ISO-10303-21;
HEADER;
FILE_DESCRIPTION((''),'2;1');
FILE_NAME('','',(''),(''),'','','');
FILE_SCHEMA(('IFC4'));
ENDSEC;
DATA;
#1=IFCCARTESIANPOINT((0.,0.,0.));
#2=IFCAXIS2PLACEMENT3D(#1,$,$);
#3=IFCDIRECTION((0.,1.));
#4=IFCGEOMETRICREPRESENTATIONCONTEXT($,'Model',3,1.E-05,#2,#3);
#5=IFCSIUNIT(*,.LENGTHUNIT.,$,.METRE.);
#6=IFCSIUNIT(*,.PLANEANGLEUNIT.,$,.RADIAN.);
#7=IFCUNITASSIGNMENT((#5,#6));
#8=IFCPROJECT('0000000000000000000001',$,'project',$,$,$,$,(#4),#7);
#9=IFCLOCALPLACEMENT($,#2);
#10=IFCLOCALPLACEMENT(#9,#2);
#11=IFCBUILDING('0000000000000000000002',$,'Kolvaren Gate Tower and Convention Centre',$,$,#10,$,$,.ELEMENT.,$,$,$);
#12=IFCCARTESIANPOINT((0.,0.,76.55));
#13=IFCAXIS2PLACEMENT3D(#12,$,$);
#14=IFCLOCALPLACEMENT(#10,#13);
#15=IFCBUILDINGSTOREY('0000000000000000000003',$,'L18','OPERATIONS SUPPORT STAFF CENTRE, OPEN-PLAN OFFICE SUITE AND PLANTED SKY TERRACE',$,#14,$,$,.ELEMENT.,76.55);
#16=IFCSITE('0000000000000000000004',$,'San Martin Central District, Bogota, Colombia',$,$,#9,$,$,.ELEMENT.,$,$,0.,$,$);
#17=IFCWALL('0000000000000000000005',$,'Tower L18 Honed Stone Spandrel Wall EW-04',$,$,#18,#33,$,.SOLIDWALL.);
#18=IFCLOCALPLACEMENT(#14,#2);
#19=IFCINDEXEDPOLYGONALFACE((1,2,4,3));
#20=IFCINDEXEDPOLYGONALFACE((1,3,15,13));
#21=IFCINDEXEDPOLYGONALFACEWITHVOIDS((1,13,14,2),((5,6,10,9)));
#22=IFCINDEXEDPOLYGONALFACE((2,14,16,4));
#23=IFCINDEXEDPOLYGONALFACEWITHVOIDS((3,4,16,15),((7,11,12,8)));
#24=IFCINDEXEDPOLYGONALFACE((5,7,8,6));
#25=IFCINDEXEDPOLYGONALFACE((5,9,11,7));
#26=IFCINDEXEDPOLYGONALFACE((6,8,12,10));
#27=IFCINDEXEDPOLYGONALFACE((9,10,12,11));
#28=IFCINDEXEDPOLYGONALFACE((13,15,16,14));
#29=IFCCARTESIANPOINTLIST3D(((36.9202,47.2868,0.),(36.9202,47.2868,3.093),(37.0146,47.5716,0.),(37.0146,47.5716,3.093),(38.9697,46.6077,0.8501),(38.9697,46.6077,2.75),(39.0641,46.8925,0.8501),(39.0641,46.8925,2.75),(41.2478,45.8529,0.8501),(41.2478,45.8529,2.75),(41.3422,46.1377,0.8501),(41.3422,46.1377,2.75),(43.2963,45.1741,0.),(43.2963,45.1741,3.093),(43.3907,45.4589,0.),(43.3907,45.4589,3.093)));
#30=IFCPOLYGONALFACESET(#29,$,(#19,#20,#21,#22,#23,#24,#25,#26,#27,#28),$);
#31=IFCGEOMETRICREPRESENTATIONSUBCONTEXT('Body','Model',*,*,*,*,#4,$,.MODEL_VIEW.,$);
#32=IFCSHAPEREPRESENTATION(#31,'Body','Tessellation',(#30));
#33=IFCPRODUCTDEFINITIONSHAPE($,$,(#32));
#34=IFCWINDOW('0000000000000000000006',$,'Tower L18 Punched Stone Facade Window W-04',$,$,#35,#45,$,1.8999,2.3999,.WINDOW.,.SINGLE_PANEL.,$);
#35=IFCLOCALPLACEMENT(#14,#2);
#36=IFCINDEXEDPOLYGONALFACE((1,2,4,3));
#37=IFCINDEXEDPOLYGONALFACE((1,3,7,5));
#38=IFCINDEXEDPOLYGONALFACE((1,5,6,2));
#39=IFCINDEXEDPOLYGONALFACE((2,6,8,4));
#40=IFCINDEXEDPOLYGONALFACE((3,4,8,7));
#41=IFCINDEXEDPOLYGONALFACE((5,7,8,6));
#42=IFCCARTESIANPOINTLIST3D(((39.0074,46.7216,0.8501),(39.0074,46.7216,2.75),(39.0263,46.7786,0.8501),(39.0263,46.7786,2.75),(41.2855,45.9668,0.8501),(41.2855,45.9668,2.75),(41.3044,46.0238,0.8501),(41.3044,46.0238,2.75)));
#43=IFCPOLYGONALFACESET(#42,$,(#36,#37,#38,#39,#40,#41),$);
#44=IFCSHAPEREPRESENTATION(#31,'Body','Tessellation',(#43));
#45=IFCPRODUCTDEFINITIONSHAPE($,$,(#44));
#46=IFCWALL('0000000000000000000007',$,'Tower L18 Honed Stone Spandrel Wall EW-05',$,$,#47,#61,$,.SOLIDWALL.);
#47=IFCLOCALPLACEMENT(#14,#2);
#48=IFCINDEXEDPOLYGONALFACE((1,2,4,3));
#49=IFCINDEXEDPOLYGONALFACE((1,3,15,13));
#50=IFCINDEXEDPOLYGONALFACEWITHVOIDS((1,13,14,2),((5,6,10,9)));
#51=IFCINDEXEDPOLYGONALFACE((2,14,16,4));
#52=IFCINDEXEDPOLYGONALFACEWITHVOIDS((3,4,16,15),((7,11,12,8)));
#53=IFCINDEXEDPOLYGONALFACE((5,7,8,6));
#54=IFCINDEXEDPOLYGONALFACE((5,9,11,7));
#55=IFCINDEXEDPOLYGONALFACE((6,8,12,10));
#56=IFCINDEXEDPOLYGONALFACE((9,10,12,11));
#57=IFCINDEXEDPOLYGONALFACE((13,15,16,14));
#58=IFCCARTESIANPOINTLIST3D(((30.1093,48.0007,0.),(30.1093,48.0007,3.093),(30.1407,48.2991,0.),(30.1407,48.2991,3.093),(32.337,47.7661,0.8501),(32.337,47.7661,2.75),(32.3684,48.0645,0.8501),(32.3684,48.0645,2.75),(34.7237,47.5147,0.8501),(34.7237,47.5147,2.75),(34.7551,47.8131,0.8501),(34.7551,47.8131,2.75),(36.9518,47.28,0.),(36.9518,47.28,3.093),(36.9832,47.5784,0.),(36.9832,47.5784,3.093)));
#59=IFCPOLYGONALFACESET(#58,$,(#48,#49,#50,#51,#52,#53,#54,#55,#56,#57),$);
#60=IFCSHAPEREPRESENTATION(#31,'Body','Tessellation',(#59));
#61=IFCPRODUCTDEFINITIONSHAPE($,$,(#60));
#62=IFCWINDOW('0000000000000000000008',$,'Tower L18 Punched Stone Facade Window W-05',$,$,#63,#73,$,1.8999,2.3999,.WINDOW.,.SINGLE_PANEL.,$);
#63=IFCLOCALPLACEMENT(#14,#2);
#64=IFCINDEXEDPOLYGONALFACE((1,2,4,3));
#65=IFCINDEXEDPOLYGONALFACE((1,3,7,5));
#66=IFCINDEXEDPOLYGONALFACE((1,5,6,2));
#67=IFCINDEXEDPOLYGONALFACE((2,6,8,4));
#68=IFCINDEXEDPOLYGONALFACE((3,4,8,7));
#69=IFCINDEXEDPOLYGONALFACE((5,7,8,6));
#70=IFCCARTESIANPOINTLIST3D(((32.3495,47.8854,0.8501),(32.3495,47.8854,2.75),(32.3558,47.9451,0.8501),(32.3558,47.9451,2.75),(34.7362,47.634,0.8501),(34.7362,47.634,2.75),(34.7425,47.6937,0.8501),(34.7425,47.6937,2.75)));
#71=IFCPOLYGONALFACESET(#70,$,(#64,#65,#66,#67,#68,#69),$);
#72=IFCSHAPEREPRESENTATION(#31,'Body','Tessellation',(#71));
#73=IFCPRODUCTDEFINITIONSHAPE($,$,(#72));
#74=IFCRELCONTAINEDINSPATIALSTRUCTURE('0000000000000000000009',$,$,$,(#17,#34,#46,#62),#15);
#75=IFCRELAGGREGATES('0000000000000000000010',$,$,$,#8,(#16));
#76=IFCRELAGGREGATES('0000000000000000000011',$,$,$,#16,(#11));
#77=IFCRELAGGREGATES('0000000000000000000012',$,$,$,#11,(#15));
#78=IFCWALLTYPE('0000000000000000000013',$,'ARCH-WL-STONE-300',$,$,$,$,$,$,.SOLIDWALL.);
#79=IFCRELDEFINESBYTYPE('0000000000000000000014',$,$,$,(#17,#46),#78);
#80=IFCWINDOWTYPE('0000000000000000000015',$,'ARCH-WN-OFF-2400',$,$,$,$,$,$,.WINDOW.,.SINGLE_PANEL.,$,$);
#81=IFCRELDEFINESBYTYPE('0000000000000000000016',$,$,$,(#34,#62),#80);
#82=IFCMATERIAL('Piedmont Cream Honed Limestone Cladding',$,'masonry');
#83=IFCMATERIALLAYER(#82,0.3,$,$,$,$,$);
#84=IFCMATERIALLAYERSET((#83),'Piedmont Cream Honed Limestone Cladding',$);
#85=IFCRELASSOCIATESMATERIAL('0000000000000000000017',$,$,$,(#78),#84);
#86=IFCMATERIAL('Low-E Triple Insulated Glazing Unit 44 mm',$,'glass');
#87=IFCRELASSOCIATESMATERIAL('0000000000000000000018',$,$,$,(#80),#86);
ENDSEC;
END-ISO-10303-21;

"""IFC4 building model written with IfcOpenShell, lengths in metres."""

from ifc_helpers import new_model, si_unit, direction, frame, frame_2d, origin, place, context, subcontext, project, spatial, rectangle, extrude, material, layer, layer_set, type_object, element, fill, save


model = new_model("IFC4")

# Units and contexts
model_context = context("Model", 3, precision=1e-05, world=origin(), true_north=direction((0.0, 1.0)))
body_context = subcontext(model_context, "Body", "Model", "MODEL_VIEW")
ifc_project = project(units=[si_unit("LENGTHUNIT", "METRE"), si_unit("PLANEANGLEUNIT", "RADIAN")], contexts=[model_context])

# Site, building, storey
site_placement = place(None, origin())
site = spatial("IfcSite", under=ifc_project, at=site_placement, Name="San Martin Central District, Bogota, Colombia", CompositionType="ELEMENT", RefElevation=0.0)
building_placement = place(site_placement, origin())
building = spatial("IfcBuilding", under=site, at=building_placement, Name="Kolvaren Gate Tower and Convention Centre", CompositionType="ELEMENT")
storey_placement = place(building_placement, frame((0.0, 0.0, 76.55)))
storey = spatial("IfcBuildingStorey", under=building, at=storey_placement, Name="L18", Description="OPERATIONS SUPPORT STAFF CENTRE, OPEN-PLAN OFFICE SUITE AND PLANTED SKY TERRACE", CompositionType="ELEMENT", Elevation=76.55)

# Shared definitions
ifc_material_1 = material(Name="Low-E Triple Insulated Glazing Unit 44 mm", Category="glass")

# Walls, openings, windows
ifc_material_2 = material(Name="Piedmont Cream Honed Limestone Cladding", Category="masonry")
ifc_layer_1 = layer(ifc_material_2, 0.3)
ifc_layer_set_1 = layer_set([ifc_layer_1], Name="Piedmont Cream Honed Limestone Cladding")
wall_type_1 = type_object("IfcWallType", Name="ARCH-WL-STONE-300", PredefinedType="SOLIDWALL", material=ifc_layer_set_1)
wall_1_placement = place(storey_placement, frame((36.9675, 47.4292, 0.0), z_axis=(0.0, 0.0, 1.0), x_axis=(0.949245, -0.314537, 0.0)))
wall_1 = element("IfcWall", 1, at=wall_1_placement, inside=storey, type_object=wall_type_1, Name="Tower L18 Honed Stone Spandrel Wall EW-04", PredefinedType="SOLIDWALL", context=body_context, shape_type="SweptSolid", body=[
    extrude(rectangle(XDim=6.717, YDim=0.3, at=frame_2d((3.3584, 0.0))), origin(), (0.0, 0.0, 1.0), 3.093),
])
opening_1_placement = place(wall_1_placement, frame((2.1589, 0.0, 0.8501)))
opening_1 = element("IfcOpeningElement", 2, at=opening_1_placement, cuts=wall_1, PredefinedType="OPENING", context=body_context, shape_type="SweptSolid", body=[
    extrude(rectangle(XDim=2.3999, YDim=1.8999, at=frame_2d((1.2, 0.95))), frame((0.0, 0.1599, 0.0), z_axis=(0.0, -1.0, 0.0), x_axis=(1.0, 0.0, 0.0)), (0.0, 0.0, 1.0), 0.3201),
])
window_type = type_object("IfcWindowType", Name="ARCH-WN-OFF-2400", PartitioningType="SINGLE_PANEL", PredefinedType="WINDOW", material=ifc_material_1)
window_1_placement = place(opening_1_placement, origin())
window_1 = element("IfcWindow", 3, at=window_1_placement, inside=storey, type_object=window_type, Name="Tower L18 Punched Stone Facade Window W-04", OverallHeight=1.8999, OverallWidth=2.3999, PartitioningType="SINGLE_PANEL", PredefinedType="WINDOW", context=body_context, shape_type="SweptSolid", body=[
    extrude(rectangle(XDim=2.3999, YDim=1.8999, at=frame_2d((1.2, 0.95))), frame((0.0, 0.03, 0.0), z_axis=(0.0, -1.0, 0.0), x_axis=(1.0, 0.0, 0.0)), (0.0, 0.0, 1.0), 0.0601),
])
fill(opening_1, window_1)
wall_2_placement = place(storey_placement, frame((30.125, 48.1499, 0.0), z_axis=(0.0, 0.0, 1.0), x_axis=(0.994499, -0.104748, 0.0)))
wall_2 = element("IfcWall", 4, at=wall_2_placement, inside=storey, type_object=wall_type_1, Name="Tower L18 Honed Stone Spandrel Wall EW-05", PredefinedType="SOLIDWALL", context=body_context, shape_type="SweptSolid", body=[
    extrude(rectangle(XDim=6.8804, YDim=0.3, at=frame_2d((3.4402, 0.0))), origin(), (0.0, 0.0, 1.0), 3.093),
])
opening_2_placement = place(wall_2_placement, frame((2.24, 0.0, 0.8501)))
opening_2 = element("IfcOpeningElement", 5, at=opening_2_placement, cuts=wall_2, PredefinedType="OPENING", context=body_context, shape_type="SweptSolid", body=[
    extrude(rectangle(XDim=2.3999, YDim=1.8999, at=frame_2d((1.2, 0.95))), frame((0.0, 0.1599, 0.0), z_axis=(0.0, -1.0, 0.0), x_axis=(1.0, 0.0, 0.0)), (0.0, 0.0, 1.0), 0.3201),
])
window_2_placement = place(opening_2_placement, origin())
window_2 = element("IfcWindow", 6, at=window_2_placement, inside=storey, type_object=window_type, Name="Tower L18 Punched Stone Facade Window W-05", OverallHeight=1.8999, OverallWidth=2.3999, PartitioningType="SINGLE_PANEL", PredefinedType="WINDOW", context=body_context, shape_type="SweptSolid", body=[
    extrude(rectangle(XDim=2.3999, YDim=1.8999, at=frame_2d((1.2, 0.95))), frame((0.0, 0.03, 0.0), z_axis=(0.0, -1.0, 0.0), x_axis=(1.0, 0.0, 0.0)), (0.0, 0.0, 1.0), 0.0601),
])
fill(opening_2, window_2)

save(model, "model.ifc")
